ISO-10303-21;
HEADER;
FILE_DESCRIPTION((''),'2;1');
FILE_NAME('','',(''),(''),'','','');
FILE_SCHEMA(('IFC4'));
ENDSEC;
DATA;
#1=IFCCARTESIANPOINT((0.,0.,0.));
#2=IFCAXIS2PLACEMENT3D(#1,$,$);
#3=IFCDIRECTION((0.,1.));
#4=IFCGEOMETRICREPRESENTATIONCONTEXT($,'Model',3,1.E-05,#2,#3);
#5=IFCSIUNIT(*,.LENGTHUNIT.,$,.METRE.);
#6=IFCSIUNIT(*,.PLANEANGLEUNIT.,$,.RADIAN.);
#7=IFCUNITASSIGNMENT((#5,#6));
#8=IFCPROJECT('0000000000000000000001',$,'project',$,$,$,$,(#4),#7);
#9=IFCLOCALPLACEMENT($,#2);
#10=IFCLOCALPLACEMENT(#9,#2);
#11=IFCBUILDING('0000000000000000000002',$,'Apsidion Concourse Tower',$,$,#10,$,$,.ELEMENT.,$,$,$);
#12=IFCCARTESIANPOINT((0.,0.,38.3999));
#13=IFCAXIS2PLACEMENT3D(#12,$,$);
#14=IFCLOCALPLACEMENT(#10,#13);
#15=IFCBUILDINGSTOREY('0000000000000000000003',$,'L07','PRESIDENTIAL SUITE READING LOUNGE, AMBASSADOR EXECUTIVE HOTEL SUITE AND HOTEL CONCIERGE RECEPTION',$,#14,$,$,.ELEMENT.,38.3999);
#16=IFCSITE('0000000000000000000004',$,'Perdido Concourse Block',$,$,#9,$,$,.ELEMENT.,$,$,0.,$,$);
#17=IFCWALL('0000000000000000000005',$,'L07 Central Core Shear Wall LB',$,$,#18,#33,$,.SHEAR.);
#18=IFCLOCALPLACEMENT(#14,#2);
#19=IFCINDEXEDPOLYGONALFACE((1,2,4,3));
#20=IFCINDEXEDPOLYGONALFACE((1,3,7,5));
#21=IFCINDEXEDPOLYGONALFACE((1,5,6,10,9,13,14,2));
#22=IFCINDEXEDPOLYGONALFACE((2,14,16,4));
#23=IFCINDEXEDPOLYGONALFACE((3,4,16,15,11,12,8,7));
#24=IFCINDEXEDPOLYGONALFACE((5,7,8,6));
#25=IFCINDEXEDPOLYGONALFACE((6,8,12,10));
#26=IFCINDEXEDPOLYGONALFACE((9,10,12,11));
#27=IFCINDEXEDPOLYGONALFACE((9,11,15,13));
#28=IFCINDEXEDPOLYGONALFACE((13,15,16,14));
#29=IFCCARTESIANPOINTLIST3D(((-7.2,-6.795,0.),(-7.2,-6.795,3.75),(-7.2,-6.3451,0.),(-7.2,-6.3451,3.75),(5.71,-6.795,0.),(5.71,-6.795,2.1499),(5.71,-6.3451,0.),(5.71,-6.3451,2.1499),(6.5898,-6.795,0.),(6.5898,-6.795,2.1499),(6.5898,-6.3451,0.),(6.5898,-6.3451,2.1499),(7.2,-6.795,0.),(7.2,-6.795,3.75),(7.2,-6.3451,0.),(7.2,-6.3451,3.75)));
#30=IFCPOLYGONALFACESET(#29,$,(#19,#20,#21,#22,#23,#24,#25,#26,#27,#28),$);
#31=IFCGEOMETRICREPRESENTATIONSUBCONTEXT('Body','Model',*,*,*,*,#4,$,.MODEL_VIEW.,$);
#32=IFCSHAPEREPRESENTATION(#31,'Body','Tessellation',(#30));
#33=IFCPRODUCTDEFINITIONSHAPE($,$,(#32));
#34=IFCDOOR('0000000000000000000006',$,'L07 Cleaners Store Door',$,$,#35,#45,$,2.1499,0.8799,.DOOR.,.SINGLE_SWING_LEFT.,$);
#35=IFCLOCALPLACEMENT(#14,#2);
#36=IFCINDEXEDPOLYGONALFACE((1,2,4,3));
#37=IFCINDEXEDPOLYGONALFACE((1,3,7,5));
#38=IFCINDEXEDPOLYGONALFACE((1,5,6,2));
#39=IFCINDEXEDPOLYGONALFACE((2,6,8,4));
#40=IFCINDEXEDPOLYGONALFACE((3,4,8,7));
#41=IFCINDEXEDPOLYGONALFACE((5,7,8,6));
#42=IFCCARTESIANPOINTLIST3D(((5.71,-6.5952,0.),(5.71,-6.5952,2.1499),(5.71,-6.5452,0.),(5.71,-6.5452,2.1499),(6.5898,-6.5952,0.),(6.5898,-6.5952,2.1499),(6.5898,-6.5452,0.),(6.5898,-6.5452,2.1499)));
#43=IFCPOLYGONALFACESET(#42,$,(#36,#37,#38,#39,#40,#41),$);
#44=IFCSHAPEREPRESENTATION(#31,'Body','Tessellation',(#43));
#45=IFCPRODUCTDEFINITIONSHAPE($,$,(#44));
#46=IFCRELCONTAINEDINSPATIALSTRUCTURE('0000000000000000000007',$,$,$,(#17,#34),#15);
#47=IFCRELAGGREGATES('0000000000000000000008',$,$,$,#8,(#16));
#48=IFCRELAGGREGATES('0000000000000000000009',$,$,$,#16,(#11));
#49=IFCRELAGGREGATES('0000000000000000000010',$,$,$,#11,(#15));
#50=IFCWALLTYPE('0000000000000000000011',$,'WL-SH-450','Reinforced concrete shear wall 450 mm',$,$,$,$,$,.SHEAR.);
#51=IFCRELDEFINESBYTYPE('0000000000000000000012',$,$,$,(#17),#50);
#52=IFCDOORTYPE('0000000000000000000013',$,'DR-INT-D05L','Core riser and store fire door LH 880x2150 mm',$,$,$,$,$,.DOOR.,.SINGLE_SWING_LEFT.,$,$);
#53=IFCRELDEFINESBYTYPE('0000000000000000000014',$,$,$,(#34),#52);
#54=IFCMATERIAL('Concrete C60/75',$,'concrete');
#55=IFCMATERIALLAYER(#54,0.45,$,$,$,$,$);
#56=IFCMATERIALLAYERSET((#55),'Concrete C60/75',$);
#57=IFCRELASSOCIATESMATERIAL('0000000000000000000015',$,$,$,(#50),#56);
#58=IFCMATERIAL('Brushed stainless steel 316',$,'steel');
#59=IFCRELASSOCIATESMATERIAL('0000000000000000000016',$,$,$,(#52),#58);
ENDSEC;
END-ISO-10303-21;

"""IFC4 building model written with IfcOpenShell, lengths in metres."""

from ifc_helpers import new_model, si_unit, direction, frame, frame_2d, origin, place, context, subcontext, project, spatial, rectangle, extrude, material, layer, layer_set, type_object, element, fill, save


model = new_model("IFC4")

# Units and contexts
model_context = context("Model", 3, precision=1e-05, world=origin(), true_north=direction((0.0, 1.0)))
body_context = subcontext(model_context, "Body", "Model", "MODEL_VIEW")
ifc_project = project(units=[si_unit("LENGTHUNIT", "METRE"), si_unit("PLANEANGLEUNIT", "RADIAN")], contexts=[model_context])

# Site, building, storey
site_placement = place(None, origin())
site = spatial("IfcSite", under=ifc_project, at=site_placement, Name="Perdido Concourse Block", CompositionType="ELEMENT", RefElevation=0.0)
building_placement = place(site_placement, origin())
building = spatial("IfcBuilding", under=site, at=building_placement, Name="Apsidion Concourse Tower", CompositionType="ELEMENT")
storey_placement = place(building_placement, frame((0.0, 0.0, 38.3999)))
storey = spatial("IfcBuildingStorey", under=building, at=storey_placement, Name="L07", Description="PRESIDENTIAL SUITE READING LOUNGE, AMBASSADOR EXECUTIVE HOTEL SUITE AND HOTEL CONCIERGE RECEPTION", CompositionType="ELEMENT", Elevation=38.3999)

# Shared definitions
ifc_material_1 = material(Name="Concrete C60/75", Category="concrete")

# Wall, opening, door
ifc_layer_1 = layer(ifc_material_1, 0.45)
ifc_layer_set_1 = layer_set([ifc_layer_1], Name="Concrete C60/75")
wall_type_1 = type_object("IfcWallType", Name="WL-SH-450", Description="Reinforced concrete shear wall 450 mm", PredefinedType="SHEAR", material=ifc_layer_set_1)
wall_1_placement = place(storey_placement, frame((-7.2, -6.5701, 0.0), z_axis=(0.0, 0.0, 1.0), x_axis=(1.0, 0.0, 0.0)))
wall_1 = element("IfcWall", 1, at=wall_1_placement, inside=storey, type_object=wall_type_1, Name="L07 Central Core Shear Wall LB", PredefinedType="SHEAR", context=body_context, shape_type="SweptSolid", body=[
    extrude(rectangle(XDim=14.3999, YDim=0.45, at=frame_2d((7.2, 0.0))), origin(), (0.0, 0.0, 1.0), 3.75),
])
opening_1_placement = place(wall_1_placement, frame((12.9099, 0.0, 0.0)))
opening_1 = element("IfcOpeningElement", 2, at=opening_1_placement, cuts=wall_1, PredefinedType="OPENING", context=body_context, shape_type="SweptSolid", body=[
    extrude(rectangle(XDim=0.8799, YDim=2.1499, at=frame_2d((0.4399, 1.075))), frame((0.0, 0.2349, 0.0), z_axis=(0.0, -1.0, 0.0), x_axis=(1.0, 0.0, 0.0)), (0.0, 0.0, 1.0), 0.47),
])
ifc_material_2 = material(Name="Brushed stainless steel 316", Category="steel")
door_type_1 = type_object("IfcDoorType", Name="DR-INT-D05L", Description="Core riser and store fire door LH 880x2150 mm", OperationType="SINGLE_SWING_LEFT", PredefinedType="DOOR", material=ifc_material_2)
door_1_placement = place(opening_1_placement, origin())
door_1 = element("IfcDoor", 3, at=door_1_placement, inside=storey, type_object=door_type_1, Name="L07 Cleaners Store Door", OperationType="SINGLE_SWING_LEFT", OverallHeight=2.1499, OverallWidth=0.8799, PredefinedType="DOOR", context=body_context, shape_type="SweptSolid", body=[
    extrude(rectangle(XDim=0.8799, YDim=2.1499, at=frame_2d((0.4399, 1.075))), frame((0.0, 0.0249, 0.0), z_axis=(0.0, -1.0, 0.0), x_axis=(1.0, 0.0, 0.0)), (0.0, 0.0, 1.0), 0.05),
])
fill(opening_1, door_1)

save(model, "model.ifc")
